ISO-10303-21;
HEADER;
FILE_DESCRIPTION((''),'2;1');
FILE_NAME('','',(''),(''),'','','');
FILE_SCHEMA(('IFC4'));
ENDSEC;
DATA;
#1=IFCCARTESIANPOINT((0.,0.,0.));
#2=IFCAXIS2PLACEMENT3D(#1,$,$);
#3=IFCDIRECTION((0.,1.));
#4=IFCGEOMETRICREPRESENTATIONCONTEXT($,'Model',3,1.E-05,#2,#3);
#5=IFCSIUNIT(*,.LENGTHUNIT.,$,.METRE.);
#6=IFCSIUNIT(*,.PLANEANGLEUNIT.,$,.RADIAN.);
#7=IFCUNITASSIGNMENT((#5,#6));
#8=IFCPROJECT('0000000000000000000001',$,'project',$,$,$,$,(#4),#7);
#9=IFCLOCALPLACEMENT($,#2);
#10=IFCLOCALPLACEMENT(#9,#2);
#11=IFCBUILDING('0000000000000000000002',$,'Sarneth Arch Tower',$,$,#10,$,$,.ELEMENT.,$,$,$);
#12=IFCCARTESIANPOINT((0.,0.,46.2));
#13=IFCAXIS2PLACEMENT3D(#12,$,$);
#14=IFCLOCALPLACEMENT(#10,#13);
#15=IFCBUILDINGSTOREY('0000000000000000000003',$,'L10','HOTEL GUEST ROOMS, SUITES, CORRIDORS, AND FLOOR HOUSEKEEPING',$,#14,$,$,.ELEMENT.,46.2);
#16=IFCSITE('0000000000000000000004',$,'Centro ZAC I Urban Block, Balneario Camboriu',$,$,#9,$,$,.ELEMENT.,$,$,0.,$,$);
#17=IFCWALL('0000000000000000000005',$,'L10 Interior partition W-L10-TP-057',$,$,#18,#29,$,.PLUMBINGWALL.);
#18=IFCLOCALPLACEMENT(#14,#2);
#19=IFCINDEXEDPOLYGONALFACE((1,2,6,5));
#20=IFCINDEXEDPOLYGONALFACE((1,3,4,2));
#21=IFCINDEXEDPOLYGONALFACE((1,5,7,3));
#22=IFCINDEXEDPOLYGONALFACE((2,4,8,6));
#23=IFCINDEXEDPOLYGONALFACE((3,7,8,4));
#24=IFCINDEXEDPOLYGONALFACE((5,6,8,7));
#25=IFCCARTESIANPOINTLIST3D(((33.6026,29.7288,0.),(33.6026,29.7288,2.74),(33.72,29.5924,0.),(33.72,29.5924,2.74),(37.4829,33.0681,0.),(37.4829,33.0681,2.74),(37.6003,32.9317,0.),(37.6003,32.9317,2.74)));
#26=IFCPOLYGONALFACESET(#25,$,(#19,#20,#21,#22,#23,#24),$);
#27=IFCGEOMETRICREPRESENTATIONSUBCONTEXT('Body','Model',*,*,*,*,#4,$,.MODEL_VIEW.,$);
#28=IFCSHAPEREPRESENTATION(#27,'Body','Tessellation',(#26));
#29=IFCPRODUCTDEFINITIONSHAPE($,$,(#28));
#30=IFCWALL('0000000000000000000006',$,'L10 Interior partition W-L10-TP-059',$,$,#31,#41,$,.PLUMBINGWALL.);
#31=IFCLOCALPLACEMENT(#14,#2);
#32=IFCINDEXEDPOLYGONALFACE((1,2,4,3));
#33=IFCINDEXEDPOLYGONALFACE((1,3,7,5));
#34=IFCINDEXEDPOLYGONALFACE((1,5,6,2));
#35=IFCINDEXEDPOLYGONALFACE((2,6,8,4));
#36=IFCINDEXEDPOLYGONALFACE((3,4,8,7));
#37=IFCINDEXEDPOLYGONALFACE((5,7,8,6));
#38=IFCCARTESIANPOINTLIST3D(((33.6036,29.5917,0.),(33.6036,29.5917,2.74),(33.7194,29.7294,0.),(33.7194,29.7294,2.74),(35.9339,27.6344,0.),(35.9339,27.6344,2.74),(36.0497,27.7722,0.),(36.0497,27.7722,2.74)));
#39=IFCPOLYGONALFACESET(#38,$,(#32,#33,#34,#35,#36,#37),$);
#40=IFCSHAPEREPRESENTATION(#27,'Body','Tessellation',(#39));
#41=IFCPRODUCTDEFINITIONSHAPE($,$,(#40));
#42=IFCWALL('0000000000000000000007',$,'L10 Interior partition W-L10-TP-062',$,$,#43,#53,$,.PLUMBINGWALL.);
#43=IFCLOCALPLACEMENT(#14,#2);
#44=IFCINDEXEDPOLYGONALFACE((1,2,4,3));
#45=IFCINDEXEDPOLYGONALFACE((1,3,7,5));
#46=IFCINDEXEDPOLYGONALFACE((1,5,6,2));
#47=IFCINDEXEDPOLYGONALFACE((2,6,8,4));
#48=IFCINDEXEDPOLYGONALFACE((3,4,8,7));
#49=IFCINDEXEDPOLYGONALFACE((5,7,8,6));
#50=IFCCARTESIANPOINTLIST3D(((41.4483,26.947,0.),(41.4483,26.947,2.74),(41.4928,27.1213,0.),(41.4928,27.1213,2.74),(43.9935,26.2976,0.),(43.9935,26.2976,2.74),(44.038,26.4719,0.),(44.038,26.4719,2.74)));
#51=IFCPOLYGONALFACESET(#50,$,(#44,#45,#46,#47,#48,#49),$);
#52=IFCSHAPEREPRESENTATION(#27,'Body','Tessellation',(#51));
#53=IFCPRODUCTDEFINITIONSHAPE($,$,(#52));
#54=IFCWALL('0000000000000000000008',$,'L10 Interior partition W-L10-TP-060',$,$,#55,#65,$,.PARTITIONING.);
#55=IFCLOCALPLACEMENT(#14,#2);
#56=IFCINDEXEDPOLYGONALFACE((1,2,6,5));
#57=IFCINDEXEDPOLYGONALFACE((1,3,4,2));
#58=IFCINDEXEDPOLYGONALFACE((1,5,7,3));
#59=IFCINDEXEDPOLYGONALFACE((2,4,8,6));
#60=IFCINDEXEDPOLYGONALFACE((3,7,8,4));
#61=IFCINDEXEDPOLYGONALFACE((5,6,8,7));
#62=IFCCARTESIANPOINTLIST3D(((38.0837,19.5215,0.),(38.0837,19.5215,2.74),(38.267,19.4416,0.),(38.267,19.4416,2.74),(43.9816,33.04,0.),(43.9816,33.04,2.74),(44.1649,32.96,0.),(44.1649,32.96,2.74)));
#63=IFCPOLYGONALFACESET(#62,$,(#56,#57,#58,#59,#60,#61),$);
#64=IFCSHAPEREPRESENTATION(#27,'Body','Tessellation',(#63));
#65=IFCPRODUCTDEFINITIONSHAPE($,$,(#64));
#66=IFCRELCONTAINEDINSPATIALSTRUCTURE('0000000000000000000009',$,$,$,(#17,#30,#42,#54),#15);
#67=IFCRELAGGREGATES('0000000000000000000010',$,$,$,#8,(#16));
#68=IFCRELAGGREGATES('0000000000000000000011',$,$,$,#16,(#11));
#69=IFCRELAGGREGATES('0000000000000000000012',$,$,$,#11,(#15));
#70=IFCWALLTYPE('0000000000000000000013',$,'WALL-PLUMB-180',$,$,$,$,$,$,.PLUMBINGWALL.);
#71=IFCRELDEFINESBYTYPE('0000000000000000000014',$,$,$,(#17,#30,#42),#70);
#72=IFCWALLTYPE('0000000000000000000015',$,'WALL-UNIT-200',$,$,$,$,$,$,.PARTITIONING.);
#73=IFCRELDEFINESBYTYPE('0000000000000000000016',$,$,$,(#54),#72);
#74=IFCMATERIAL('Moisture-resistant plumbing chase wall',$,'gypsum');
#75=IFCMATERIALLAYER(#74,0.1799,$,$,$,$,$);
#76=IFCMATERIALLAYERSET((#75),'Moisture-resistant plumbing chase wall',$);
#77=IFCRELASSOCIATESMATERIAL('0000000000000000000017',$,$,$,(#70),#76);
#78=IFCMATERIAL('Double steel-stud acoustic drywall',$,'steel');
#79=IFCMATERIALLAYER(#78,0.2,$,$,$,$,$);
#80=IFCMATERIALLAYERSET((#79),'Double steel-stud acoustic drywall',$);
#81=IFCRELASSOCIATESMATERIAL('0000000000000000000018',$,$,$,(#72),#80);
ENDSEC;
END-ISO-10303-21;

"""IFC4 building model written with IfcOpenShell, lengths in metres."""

from ifc_helpers import new_model, si_unit, direction, frame, frame_2d, origin, place, context, subcontext, project, spatial, rectangle, extrude, material, layer, layer_set, type_object, element, save


model = new_model("IFC4")

# Units and contexts
model_context = context("Model", 3, precision=1e-05, world=origin(), true_north=direction((0.0, 1.0)))
body_context = subcontext(model_context, "Body", "Model", "MODEL_VIEW")
ifc_project = project(units=[si_unit("LENGTHUNIT", "METRE"), si_unit("PLANEANGLEUNIT", "RADIAN")], contexts=[model_context])

# Site, building, storey
site_placement = place(None, origin())
site = spatial("IfcSite", under=ifc_project, at=site_placement, Name="Centro ZAC I Urban Block, Balneario Camboriu", CompositionType="ELEMENT", RefElevation=0.0)
building_placement = place(site_placement, origin())
building = spatial("IfcBuilding", under=site, at=building_placement, Name="Sarneth Arch Tower", CompositionType="ELEMENT")
storey_placement = place(building_placement, frame((0.0, 0.0, 46.2)))
storey = spatial("IfcBuildingStorey", under=building, at=storey_placement, Name="L10", Description="HOTEL GUEST ROOMS, SUITES, CORRIDORS, AND FLOOR HOUSEKEEPING", CompositionType="ELEMENT", Elevation=46.2)

# Shared definitions
ifc_material_1 = material(Name="Moisture-resistant plumbing chase wall", Category="gypsum")
ifc_layer_1 = layer(ifc_material_1, 0.1799)
ifc_layer_set_1 = layer_set([ifc_layer_1], Name="Moisture-resistant plumbing chase wall")
wall_type_1 = type_object("IfcWallType", Name="WALL-PLUMB-180", PredefinedType="PLUMBINGWALL", material=ifc_layer_set_1)

# Walls
wall_1_placement = place(storey_placement, frame((33.6614, 29.6606, 0.0), z_axis=(0.0, 0.0, 1.0), x_axis=(0.757969, 0.65229, 0.0)))
element("IfcWall", 1, at=wall_1_placement, inside=storey, type_object=wall_type_1, Name="L10 Interior partition W-L10-TP-057", PredefinedType="PLUMBINGWALL", context=body_context, shape_type="SweptSolid", body=[
    extrude(rectangle(XDim=5.1194, YDim=0.1799, at=frame_2d((2.5596, 0.0))), origin(), (0.0, 0.0, 1.0), 2.74),
])
wall_2_placement = place(storey_placement, frame((35.9917, 27.7034, 0.0), z_axis=(0.0, 0.0, 1.0), x_axis=(-0.765736, 0.643154, 0.0)))
element("IfcWall", 2, at=wall_2_placement, inside=storey, type_object=wall_type_1, Name="L10 Interior partition W-L10-TP-059", PredefinedType="PLUMBINGWALL", context=body_context, shape_type="SweptSolid", body=[
    extrude(rectangle(XDim=3.0432, YDim=0.1799, at=frame_2d((1.5215, 0.0))), origin(), (0.0, 0.0, 1.0), 2.74),
])
wall_3_placement = place(storey_placement, frame((41.4705, 27.0342, 0.0), z_axis=(0.0, 0.0, 1.0), x_axis=(0.968956, -0.247235, 0.0)))
element("IfcWall", 3, at=wall_3_placement, inside=storey, type_object=wall_type_1, Name="L10 Interior partition W-L10-TP-062", PredefinedType="PLUMBINGWALL", context=body_context, shape_type="SweptSolid", body=[
    extrude(rectangle(XDim=2.6267, YDim=0.1799, at=frame_2d((1.3135, 0.0))), origin(), (0.0, 0.0, 1.0), 2.74),
])
ifc_material_2 = material(Name="Double steel-stud acoustic drywall", Category="steel")
ifc_layer_2 = layer(ifc_material_2, 0.2)
ifc_layer_set_2 = layer_set([ifc_layer_2], Name="Double steel-stud acoustic drywall")
wall_type_2 = type_object("IfcWallType", Name="WALL-UNIT-200", PredefinedType="PARTITIONING", material=ifc_layer_set_2)
wall_4_placement = place(storey_placement, frame((44.0732, 33.0, 0.0), z_axis=(0.0, 0.0, 1.0), x_axis=(-0.399884, -0.916566, 0.0)))
element("IfcWall", 4, at=wall_4_placement, inside=storey, type_object=wall_type_2, Name="L10 Interior partition W-L10-TP-060", PredefinedType="PARTITIONING", context=body_context, shape_type="SweptSolid", body=[
    extrude(rectangle(XDim=14.749, YDim=0.2, at=frame_2d((7.3745, 0.0))), origin(), (0.0, 0.0, 1.0), 2.74),
])

save(model, "model.ifc")
